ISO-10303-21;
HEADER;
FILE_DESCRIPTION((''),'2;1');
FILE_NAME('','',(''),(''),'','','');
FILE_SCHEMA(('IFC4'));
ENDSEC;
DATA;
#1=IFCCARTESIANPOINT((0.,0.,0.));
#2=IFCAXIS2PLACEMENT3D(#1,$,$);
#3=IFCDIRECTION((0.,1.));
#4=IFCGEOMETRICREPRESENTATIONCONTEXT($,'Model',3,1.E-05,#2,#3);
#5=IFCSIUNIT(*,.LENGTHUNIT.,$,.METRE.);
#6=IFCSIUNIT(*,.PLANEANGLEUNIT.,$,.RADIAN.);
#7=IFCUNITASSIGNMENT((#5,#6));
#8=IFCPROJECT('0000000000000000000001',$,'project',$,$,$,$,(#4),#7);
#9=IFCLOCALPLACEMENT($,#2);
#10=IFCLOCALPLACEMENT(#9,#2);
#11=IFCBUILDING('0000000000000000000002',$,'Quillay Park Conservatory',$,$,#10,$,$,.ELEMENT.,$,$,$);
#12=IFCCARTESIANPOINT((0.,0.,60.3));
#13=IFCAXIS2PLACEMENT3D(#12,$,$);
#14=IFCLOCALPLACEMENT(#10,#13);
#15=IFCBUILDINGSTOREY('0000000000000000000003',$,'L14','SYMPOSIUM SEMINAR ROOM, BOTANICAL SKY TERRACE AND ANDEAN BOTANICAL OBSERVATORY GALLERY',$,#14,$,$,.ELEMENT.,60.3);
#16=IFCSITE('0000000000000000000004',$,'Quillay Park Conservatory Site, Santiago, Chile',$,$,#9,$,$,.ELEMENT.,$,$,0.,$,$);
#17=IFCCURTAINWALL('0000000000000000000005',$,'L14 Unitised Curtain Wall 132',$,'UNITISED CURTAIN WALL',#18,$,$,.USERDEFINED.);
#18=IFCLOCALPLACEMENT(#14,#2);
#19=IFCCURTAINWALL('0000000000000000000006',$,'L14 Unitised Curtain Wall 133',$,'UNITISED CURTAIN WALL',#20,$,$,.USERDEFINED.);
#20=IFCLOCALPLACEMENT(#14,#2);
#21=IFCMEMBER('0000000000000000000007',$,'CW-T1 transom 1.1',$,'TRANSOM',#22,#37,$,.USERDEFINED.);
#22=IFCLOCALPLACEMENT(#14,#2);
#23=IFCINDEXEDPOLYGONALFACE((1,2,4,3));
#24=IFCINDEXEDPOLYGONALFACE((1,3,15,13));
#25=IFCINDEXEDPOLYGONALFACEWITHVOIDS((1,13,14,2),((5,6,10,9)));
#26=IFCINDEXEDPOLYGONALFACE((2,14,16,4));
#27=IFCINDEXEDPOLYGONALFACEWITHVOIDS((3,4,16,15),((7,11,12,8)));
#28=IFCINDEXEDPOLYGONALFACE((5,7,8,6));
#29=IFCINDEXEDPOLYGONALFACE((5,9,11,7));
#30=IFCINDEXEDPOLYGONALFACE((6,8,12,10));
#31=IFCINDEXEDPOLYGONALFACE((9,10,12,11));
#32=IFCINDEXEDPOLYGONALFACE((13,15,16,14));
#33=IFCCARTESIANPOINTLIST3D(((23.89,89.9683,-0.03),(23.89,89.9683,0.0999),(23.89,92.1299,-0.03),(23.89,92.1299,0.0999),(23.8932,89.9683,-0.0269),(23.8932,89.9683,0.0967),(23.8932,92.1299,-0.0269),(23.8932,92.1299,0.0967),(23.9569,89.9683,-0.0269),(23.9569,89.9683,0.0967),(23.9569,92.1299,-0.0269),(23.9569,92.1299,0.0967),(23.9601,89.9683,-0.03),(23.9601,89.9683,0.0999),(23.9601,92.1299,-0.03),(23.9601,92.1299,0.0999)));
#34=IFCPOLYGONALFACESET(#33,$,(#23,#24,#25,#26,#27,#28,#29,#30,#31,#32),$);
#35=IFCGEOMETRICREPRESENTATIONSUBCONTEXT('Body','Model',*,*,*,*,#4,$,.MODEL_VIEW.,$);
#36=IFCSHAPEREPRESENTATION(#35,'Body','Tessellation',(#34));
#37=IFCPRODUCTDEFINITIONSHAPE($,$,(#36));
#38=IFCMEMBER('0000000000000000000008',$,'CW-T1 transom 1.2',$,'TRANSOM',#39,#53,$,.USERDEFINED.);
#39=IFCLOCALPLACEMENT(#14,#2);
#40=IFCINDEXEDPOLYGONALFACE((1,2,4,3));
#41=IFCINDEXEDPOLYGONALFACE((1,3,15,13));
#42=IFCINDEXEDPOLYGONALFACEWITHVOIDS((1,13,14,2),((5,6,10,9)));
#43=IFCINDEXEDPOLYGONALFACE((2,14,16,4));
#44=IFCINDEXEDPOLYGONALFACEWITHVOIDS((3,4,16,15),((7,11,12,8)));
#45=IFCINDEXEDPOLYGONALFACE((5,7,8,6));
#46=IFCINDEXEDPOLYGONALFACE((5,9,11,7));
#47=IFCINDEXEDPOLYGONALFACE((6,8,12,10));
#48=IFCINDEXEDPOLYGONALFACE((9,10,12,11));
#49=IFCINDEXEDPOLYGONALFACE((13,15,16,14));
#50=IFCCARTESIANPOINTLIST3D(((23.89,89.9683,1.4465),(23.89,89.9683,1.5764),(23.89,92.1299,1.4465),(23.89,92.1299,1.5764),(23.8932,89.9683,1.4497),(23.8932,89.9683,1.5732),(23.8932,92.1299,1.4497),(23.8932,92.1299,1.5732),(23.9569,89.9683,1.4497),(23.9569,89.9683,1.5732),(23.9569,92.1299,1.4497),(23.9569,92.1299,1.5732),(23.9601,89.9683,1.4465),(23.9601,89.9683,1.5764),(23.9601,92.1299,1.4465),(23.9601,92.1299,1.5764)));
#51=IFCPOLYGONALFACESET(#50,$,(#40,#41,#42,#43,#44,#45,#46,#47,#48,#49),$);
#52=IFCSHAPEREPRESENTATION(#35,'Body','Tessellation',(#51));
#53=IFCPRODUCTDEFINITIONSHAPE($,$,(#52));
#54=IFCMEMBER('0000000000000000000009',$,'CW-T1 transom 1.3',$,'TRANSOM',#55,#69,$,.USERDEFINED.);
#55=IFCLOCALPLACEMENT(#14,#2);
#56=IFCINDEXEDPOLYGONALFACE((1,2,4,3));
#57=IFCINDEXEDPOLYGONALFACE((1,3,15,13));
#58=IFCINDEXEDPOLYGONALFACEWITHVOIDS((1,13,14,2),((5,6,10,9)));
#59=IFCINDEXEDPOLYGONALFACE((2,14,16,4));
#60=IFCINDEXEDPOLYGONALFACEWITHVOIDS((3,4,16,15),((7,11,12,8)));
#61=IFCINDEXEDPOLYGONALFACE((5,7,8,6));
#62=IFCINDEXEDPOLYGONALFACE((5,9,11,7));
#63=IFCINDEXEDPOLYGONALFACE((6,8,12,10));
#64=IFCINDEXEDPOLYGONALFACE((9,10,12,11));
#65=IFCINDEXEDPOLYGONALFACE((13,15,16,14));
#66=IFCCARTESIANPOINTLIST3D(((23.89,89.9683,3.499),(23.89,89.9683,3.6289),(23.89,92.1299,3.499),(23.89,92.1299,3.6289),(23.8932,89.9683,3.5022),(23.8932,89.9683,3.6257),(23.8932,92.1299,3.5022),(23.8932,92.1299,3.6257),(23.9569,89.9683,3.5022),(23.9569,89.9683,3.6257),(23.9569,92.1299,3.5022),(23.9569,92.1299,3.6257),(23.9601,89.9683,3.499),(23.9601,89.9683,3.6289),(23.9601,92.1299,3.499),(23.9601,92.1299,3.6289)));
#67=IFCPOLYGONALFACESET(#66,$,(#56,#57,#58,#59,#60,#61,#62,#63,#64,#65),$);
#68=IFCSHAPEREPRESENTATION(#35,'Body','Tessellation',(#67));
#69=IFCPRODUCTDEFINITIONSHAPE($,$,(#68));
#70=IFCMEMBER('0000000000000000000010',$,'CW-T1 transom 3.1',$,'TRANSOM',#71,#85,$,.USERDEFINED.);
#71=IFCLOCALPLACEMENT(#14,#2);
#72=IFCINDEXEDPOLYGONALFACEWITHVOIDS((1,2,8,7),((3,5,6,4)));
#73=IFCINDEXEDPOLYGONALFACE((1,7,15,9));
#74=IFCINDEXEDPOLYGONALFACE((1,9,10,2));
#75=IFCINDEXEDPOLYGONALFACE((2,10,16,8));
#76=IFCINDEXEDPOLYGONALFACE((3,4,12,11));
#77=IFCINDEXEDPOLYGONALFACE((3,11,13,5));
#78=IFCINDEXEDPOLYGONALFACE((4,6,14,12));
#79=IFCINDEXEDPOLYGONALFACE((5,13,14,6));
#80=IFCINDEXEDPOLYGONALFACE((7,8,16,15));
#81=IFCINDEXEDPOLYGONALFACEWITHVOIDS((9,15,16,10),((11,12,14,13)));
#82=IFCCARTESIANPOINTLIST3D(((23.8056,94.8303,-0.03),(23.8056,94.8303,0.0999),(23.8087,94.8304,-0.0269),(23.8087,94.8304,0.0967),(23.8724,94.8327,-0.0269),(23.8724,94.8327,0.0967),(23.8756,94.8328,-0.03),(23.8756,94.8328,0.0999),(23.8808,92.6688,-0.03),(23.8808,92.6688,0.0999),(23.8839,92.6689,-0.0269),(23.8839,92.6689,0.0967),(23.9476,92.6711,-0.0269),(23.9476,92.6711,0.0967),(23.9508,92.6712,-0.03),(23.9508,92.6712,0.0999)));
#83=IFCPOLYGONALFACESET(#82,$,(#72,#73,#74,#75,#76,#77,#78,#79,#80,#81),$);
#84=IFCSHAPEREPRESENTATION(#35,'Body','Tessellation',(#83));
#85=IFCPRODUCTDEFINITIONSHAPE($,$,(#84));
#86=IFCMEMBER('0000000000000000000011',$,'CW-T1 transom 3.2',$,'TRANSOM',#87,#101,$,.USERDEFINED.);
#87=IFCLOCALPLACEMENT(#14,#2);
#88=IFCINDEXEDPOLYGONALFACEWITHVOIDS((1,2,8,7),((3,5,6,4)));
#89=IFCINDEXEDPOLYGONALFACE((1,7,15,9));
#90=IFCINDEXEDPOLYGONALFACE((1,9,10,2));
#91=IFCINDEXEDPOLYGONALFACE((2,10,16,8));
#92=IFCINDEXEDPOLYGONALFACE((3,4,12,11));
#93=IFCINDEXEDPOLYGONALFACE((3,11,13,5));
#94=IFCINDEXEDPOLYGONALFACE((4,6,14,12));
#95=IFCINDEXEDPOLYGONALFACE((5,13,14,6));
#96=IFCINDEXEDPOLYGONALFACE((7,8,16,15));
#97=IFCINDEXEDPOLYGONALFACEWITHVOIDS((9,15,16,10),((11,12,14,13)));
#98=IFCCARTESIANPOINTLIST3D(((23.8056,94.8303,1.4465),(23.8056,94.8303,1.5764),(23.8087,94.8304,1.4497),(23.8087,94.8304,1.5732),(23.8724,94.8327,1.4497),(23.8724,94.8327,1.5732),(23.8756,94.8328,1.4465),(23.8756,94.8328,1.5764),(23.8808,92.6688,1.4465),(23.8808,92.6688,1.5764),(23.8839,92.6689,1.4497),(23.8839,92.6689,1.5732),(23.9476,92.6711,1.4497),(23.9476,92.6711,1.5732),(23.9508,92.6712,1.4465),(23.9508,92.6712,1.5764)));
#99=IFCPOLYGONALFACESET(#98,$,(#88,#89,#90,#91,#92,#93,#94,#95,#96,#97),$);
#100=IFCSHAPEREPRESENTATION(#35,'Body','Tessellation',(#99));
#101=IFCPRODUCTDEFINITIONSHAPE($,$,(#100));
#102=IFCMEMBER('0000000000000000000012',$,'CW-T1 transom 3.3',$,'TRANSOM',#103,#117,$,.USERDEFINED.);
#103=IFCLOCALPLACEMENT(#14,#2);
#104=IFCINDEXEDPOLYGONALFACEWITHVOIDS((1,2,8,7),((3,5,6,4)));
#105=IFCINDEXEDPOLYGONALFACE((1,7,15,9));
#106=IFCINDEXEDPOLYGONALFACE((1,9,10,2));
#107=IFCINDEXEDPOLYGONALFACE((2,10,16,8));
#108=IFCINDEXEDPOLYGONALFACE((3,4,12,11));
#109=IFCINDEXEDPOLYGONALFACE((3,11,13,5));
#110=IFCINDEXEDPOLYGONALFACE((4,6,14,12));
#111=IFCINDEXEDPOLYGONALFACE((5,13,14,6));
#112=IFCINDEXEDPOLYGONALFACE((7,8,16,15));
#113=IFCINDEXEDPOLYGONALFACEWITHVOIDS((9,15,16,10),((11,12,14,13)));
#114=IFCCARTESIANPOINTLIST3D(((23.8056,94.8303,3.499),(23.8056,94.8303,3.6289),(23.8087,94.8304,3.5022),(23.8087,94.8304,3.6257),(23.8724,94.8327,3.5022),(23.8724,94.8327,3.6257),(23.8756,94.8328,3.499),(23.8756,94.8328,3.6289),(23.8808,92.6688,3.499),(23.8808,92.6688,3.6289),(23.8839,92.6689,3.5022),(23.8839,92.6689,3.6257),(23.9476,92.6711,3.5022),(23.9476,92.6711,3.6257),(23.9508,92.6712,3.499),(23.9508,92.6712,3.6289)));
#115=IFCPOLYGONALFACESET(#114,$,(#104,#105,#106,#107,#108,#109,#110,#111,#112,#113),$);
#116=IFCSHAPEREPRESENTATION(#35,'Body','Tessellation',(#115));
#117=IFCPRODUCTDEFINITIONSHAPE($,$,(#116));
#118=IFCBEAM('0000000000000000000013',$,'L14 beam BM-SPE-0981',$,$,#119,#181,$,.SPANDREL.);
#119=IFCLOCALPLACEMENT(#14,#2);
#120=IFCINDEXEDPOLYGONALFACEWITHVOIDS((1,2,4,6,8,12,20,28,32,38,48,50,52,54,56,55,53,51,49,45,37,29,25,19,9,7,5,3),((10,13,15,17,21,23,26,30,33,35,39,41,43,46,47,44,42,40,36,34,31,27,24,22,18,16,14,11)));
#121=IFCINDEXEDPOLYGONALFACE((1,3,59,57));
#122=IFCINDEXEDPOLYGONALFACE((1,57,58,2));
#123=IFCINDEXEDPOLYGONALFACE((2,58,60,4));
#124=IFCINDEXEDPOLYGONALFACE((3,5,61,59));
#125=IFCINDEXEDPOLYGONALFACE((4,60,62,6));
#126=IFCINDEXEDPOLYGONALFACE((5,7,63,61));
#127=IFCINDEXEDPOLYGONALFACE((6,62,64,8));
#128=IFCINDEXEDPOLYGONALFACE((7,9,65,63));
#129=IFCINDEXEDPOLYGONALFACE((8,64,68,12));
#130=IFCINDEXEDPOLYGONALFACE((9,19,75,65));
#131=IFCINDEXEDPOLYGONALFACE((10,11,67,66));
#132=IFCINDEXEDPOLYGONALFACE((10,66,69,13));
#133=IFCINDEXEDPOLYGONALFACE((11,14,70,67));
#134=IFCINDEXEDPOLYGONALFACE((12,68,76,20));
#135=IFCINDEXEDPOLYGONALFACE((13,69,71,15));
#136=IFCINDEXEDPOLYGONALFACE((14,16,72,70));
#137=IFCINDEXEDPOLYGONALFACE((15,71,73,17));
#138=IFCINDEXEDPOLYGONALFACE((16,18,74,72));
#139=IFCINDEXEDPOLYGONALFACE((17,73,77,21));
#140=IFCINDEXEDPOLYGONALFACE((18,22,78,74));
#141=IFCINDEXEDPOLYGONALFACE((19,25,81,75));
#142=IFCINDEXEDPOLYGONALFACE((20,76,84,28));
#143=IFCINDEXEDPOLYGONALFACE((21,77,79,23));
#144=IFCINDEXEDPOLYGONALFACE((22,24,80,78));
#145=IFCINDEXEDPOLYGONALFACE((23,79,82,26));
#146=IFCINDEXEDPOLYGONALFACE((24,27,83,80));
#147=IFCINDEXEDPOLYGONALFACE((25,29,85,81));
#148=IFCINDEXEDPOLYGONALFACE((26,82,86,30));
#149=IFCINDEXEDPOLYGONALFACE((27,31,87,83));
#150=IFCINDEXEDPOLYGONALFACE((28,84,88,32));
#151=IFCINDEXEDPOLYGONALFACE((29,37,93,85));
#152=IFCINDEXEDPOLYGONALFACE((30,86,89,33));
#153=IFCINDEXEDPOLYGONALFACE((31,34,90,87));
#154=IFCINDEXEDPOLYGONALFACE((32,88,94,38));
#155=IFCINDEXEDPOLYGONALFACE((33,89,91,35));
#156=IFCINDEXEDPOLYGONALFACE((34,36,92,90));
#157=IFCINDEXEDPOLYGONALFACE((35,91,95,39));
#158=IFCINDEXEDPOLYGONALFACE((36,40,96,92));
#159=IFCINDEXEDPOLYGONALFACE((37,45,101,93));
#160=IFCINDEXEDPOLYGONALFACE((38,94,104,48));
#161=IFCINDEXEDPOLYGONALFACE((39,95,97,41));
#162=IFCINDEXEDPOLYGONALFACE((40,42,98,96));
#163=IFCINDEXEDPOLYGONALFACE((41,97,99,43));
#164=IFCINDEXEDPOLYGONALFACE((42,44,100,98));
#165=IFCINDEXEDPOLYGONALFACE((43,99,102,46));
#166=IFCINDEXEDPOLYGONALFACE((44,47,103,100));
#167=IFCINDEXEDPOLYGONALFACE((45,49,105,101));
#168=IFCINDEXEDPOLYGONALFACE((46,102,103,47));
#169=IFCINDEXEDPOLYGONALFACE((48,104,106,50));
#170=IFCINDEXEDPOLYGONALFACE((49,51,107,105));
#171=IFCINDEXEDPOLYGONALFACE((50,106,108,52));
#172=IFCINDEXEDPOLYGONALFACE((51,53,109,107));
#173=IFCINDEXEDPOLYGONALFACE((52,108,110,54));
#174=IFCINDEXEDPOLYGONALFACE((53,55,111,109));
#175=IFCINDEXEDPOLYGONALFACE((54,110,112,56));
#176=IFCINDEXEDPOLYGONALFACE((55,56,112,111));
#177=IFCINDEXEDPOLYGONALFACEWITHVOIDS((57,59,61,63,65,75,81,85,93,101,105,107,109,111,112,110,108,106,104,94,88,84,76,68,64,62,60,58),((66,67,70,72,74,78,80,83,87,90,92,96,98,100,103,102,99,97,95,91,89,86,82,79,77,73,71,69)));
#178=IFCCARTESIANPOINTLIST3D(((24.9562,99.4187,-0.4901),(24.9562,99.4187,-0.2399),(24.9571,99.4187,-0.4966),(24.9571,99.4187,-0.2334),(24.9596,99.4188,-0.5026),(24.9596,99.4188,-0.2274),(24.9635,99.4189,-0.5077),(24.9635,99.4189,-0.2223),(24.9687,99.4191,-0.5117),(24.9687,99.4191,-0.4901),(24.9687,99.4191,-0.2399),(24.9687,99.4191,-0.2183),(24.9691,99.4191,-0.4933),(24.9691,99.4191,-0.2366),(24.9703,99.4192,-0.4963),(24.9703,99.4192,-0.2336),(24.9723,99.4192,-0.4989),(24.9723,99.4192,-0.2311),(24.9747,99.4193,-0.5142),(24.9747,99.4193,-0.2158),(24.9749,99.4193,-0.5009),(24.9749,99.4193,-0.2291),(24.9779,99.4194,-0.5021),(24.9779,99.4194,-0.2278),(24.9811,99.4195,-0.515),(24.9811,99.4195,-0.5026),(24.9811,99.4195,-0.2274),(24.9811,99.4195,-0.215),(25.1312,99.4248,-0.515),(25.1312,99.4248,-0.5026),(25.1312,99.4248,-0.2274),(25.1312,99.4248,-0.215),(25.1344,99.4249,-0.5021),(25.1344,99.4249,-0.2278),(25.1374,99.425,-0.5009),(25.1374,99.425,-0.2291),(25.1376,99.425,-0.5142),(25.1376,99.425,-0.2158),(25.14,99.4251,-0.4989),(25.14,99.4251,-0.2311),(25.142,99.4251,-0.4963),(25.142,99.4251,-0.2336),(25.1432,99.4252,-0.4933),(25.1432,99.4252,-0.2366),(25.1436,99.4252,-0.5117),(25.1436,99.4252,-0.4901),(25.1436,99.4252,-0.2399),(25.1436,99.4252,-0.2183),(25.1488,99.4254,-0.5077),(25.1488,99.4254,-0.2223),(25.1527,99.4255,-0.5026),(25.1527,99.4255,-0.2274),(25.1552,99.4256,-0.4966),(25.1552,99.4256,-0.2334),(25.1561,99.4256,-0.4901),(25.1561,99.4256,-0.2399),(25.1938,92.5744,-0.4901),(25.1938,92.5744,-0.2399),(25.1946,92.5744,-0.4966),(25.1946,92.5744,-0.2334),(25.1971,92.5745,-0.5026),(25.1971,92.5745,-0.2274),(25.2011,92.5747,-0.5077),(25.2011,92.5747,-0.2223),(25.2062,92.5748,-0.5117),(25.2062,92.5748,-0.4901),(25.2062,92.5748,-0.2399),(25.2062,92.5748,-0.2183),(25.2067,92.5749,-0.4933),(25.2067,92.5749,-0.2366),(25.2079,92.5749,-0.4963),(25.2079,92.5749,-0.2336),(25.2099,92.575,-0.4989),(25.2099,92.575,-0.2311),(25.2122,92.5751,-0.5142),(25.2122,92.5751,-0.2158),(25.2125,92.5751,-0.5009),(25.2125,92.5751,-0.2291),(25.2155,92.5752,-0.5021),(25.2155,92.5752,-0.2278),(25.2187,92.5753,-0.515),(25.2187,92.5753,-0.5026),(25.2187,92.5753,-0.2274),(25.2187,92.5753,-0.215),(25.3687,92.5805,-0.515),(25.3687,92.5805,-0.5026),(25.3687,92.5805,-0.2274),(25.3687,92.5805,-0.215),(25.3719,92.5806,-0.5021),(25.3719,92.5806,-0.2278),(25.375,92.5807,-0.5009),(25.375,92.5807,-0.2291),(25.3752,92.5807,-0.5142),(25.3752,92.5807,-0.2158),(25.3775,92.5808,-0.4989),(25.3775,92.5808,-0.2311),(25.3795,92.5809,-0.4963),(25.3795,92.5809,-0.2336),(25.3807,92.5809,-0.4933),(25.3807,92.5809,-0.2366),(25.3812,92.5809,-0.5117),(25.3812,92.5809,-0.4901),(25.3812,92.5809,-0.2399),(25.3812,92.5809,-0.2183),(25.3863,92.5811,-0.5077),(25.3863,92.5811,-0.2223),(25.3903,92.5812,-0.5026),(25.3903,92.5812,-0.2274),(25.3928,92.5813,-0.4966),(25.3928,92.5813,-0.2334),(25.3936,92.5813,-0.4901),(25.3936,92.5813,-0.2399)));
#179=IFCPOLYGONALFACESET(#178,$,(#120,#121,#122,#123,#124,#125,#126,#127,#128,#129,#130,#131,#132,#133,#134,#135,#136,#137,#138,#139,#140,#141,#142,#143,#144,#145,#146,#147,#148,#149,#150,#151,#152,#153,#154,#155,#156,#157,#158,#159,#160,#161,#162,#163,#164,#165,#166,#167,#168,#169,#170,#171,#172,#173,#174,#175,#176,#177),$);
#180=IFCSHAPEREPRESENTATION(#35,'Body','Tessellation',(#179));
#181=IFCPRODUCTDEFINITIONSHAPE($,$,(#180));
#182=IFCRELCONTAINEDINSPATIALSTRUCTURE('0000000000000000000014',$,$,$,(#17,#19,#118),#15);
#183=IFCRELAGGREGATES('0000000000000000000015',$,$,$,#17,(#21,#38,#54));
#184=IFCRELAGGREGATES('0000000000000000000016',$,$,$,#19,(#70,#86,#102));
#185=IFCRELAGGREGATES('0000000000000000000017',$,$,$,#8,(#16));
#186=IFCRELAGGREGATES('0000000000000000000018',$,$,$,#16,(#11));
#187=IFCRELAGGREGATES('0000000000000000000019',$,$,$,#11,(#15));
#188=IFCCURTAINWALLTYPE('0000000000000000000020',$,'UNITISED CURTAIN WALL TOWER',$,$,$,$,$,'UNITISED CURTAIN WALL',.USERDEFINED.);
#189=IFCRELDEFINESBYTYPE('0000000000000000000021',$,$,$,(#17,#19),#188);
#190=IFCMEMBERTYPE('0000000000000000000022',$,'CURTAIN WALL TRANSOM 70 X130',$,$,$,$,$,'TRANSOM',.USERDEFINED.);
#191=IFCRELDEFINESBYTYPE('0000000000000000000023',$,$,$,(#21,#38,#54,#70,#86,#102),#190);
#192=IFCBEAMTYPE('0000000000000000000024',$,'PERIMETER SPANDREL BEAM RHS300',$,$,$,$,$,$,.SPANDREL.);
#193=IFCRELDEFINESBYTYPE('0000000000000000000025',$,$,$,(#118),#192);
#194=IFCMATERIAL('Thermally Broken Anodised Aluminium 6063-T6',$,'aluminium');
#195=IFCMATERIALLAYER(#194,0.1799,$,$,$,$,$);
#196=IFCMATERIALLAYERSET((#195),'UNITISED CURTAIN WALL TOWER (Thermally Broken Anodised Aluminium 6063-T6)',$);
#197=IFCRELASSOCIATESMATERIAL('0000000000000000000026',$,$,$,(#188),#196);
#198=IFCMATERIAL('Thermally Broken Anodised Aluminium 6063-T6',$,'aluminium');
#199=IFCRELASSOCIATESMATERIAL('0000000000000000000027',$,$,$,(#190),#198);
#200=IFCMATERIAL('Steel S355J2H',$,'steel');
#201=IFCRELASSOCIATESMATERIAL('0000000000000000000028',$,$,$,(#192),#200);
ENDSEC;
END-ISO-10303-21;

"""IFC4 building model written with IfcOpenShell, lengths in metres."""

from ifc_helpers import new_model, si_unit, direction, frame, origin, origin_2d, place, context, subcontext, project, spatial, hollow_rectangle, extrude, material, layer, layer_set, material_profile, profile_set, type_object, element, aggregate, save


model = new_model("IFC4")

# Units and contexts
model_context = context("Model", 3, precision=1e-05, world=origin(), true_north=direction((0.0, 1.0)))
body_context = subcontext(model_context, "Body", "Model", "MODEL_VIEW")
ifc_project = project(units=[si_unit("LENGTHUNIT", "METRE"), si_unit("PLANEANGLEUNIT", "RADIAN")], contexts=[model_context])

# Site, building, storey
site_placement = place(None, origin())
site = spatial("IfcSite", under=ifc_project, at=site_placement, Name="Quillay Park Conservatory Site, Santiago, Chile", CompositionType="ELEMENT", RefElevation=0.0)
building_placement = place(site_placement, origin())
building = spatial("IfcBuilding", under=site, at=building_placement, Name="Quillay Park Conservatory", CompositionType="ELEMENT")
storey_placement = place(building_placement, frame((0.0, 0.0, 60.3)))
storey = spatial("IfcBuildingStorey", under=building, at=storey_placement, Name="L14", Description="SYMPOSIUM SEMINAR ROOM, BOTANICAL SKY TERRACE AND ANDEAN BOTANICAL OBSERVATORY GALLERY", CompositionType="ELEMENT", Elevation=60.3)

# Curtain wall
ifc_material_1 = material(Name="Thermally Broken Anodised Aluminium 6063-T6", Category="aluminium")
ifc_layer_1 = layer(ifc_material_1, 0.1799)
ifc_layer_set_1 = layer_set([ifc_layer_1], Name="UNITISED CURTAIN WALL TOWER (Thermally Broken Anodised Aluminium 6063-T6)")
curtain_wall_type = type_object("IfcCurtainWallType", Name="UNITISED CURTAIN WALL TOWER", ElementType="UNITISED CURTAIN WALL", PredefinedType="USERDEFINED", material=ifc_layer_set_1)
curtain_wall_1_placement = place(storey_placement, origin())
curtain_wall_1 = element("IfcCurtainWall", 1, at=curtain_wall_1_placement, inside=storey, type_object=curtain_wall_type, Name="L14 Unitised Curtain Wall 132", ObjectType="UNITISED CURTAIN WALL", PredefinedType="USERDEFINED")

# Curtain wall
curtain_wall_2_placement = place(storey_placement, origin())
curtain_wall_2 = element("IfcCurtainWall", 2, at=curtain_wall_2_placement, inside=storey, type_object=curtain_wall_type, Name="L14 Unitised Curtain Wall 133", ObjectType="UNITISED CURTAIN WALL", PredefinedType="USERDEFINED")

# Members
ifc_material_2 = material(Name="Thermally Broken Anodised Aluminium 6063-T6", Category="aluminium")
ifc_material_profile_1 = material_profile(ifc_material_2, hollow_rectangle(XDim=0.0701, YDim=0.1299, WallThickness=0.0032, at=origin_2d()), Name="AL70x130x3.2")
ifc_profile_set_1 = profile_set([ifc_material_profile_1], Name="Thermally Broken Anodised Aluminium 6063-T6")
member_type_1 = type_object("IfcMemberType", Name="CURTAIN WALL TRANSOM 70 X130", ElementType="TRANSOM", PredefinedType="USERDEFINED", material=ifc_profile_set_1)
member_1_placement = place(storey_placement, frame((23.925, 92.1299, 0.0349), z_axis=(0.0, -1.0, 0.0), x_axis=(1.0, 0.0, 0.0)))
member_1 = element("IfcMember", 3, at=member_1_placement, type_object=member_type_1, Name="CW-T1 transom 1.1", ObjectType="TRANSOM", PredefinedType="USERDEFINED", context=body_context, shape_type="SweptSolid", body=[
    extrude(hollow_rectangle(XDim=0.0701, YDim=0.1299, WallThickness=0.0032, at=origin_2d()), origin(), (0.0, 0.0, 1.0), 2.1616),
])
member_2_placement = place(storey_placement, frame((23.925, 92.1299, 1.5115), z_axis=(0.0, -1.0, 0.0), x_axis=(1.0, 0.0, 0.0)))
member_2 = element("IfcMember", 4, at=member_2_placement, type_object=member_type_1, Name="CW-T1 transom 1.2", ObjectType="TRANSOM", PredefinedType="USERDEFINED", context=body_context, shape_type="SweptSolid", body=[
    extrude(hollow_rectangle(XDim=0.0701, YDim=0.1299, WallThickness=0.0032, at=origin_2d()), origin(), (0.0, 0.0, 1.0), 2.1616),
])
member_3_placement = place(storey_placement, frame((23.925, 92.1299, 3.564), z_axis=(0.0, -1.0, 0.0), x_axis=(1.0, 0.0, 0.0)))
member_3 = element("IfcMember", 5, at=member_3_placement, type_object=member_type_1, Name="CW-T1 transom 1.3", ObjectType="TRANSOM", PredefinedType="USERDEFINED", context=body_context, shape_type="SweptSolid", body=[
    extrude(hollow_rectangle(XDim=0.0701, YDim=0.1299, WallThickness=0.0032, at=origin_2d()), origin(), (0.0, 0.0, 1.0), 2.1616),
])
member_4_placement = place(storey_placement, frame((23.8406, 94.8315, 0.0349), z_axis=(0.034766, -0.999395, 0.0), x_axis=(0.999395, 0.034766, 0.0)))
member_4 = element("IfcMember", 6, at=member_4_placement, type_object=member_type_1, Name="CW-T1 transom 3.1", ObjectType="TRANSOM", PredefinedType="USERDEFINED", context=body_context, shape_type="SweptSolid", body=[
    extrude(hollow_rectangle(XDim=0.0701, YDim=0.1299, WallThickness=0.0032, at=origin_2d()), origin(), (0.0, 0.0, 1.0), 2.1628),
])
member_5_placement = place(storey_placement, frame((23.8406, 94.8315, 1.5115), z_axis=(0.034766, -0.999395, 0.0), x_axis=(0.999395, 0.034766, 0.0)))
member_5 = element("IfcMember", 7, at=member_5_placement, type_object=member_type_1, Name="CW-T1 transom 3.2", ObjectType="TRANSOM", PredefinedType="USERDEFINED", context=body_context, shape_type="SweptSolid", body=[
    extrude(hollow_rectangle(XDim=0.0701, YDim=0.1299, WallThickness=0.0032, at=origin_2d()), origin(), (0.0, 0.0, 1.0), 2.1628),
])
member_6_placement = place(storey_placement, frame((23.8406, 94.8315, 3.564), z_axis=(0.034766, -0.999395, 0.0), x_axis=(0.999395, 0.034766, 0.0)))
member_6 = element("IfcMember", 8, at=member_6_placement, type_object=member_type_1, Name="CW-T1 transom 3.3", ObjectType="TRANSOM", PredefinedType="USERDEFINED", context=body_context, shape_type="SweptSolid", body=[
    extrude(hollow_rectangle(XDim=0.0701, YDim=0.1299, WallThickness=0.0032, at=origin_2d()), origin(), (0.0, 0.0, 1.0), 2.1628),
])

# Beam
ifc_material_3 = material(Name="Steel S355J2H", Category="steel")
ifc_material_profile_2 = material_profile(ifc_material_3, hollow_rectangle(XDim=0.2, YDim=0.3, WallThickness=0.0125, InnerFilletRadius=0.0125, OuterFilletRadius=0.0249, at=origin_2d()), Name="RHS300x200x12.5")
ifc_profile_set_2 = profile_set([ifc_material_profile_2], Name="Steel S355J2H")
beam_type_1 = type_object("IfcBeamType", Name="PERIMETER SPANDREL BEAM RHS300", PredefinedType="SPANDREL", material=ifc_profile_set_2)
beam_1_placement = place(storey_placement, frame((25.2937, 92.5779, -0.365), z_axis=(-0.034687, 0.999398, 0.0), x_axis=(-0.999398, -0.034687, 0.0)))
element("IfcBeam", 9, at=beam_1_placement, inside=storey, type_object=beam_type_1, Name="L14 beam BM-SPE-0981", PredefinedType="SPANDREL", context=body_context, shape_type="SweptSolid", body=[
    extrude(hollow_rectangle(XDim=0.2, YDim=0.3, WallThickness=0.0125, InnerFilletRadius=0.0125, OuterFilletRadius=0.0249, at=origin_2d()), origin(), (0.0, 0.0, 1.0), 6.8484),
])

aggregate(curtain_wall_1, [member_1, member_2, member_3])
aggregate(curtain_wall_2, [member_4, member_5, member_6])

save(model, "model.ifc")
